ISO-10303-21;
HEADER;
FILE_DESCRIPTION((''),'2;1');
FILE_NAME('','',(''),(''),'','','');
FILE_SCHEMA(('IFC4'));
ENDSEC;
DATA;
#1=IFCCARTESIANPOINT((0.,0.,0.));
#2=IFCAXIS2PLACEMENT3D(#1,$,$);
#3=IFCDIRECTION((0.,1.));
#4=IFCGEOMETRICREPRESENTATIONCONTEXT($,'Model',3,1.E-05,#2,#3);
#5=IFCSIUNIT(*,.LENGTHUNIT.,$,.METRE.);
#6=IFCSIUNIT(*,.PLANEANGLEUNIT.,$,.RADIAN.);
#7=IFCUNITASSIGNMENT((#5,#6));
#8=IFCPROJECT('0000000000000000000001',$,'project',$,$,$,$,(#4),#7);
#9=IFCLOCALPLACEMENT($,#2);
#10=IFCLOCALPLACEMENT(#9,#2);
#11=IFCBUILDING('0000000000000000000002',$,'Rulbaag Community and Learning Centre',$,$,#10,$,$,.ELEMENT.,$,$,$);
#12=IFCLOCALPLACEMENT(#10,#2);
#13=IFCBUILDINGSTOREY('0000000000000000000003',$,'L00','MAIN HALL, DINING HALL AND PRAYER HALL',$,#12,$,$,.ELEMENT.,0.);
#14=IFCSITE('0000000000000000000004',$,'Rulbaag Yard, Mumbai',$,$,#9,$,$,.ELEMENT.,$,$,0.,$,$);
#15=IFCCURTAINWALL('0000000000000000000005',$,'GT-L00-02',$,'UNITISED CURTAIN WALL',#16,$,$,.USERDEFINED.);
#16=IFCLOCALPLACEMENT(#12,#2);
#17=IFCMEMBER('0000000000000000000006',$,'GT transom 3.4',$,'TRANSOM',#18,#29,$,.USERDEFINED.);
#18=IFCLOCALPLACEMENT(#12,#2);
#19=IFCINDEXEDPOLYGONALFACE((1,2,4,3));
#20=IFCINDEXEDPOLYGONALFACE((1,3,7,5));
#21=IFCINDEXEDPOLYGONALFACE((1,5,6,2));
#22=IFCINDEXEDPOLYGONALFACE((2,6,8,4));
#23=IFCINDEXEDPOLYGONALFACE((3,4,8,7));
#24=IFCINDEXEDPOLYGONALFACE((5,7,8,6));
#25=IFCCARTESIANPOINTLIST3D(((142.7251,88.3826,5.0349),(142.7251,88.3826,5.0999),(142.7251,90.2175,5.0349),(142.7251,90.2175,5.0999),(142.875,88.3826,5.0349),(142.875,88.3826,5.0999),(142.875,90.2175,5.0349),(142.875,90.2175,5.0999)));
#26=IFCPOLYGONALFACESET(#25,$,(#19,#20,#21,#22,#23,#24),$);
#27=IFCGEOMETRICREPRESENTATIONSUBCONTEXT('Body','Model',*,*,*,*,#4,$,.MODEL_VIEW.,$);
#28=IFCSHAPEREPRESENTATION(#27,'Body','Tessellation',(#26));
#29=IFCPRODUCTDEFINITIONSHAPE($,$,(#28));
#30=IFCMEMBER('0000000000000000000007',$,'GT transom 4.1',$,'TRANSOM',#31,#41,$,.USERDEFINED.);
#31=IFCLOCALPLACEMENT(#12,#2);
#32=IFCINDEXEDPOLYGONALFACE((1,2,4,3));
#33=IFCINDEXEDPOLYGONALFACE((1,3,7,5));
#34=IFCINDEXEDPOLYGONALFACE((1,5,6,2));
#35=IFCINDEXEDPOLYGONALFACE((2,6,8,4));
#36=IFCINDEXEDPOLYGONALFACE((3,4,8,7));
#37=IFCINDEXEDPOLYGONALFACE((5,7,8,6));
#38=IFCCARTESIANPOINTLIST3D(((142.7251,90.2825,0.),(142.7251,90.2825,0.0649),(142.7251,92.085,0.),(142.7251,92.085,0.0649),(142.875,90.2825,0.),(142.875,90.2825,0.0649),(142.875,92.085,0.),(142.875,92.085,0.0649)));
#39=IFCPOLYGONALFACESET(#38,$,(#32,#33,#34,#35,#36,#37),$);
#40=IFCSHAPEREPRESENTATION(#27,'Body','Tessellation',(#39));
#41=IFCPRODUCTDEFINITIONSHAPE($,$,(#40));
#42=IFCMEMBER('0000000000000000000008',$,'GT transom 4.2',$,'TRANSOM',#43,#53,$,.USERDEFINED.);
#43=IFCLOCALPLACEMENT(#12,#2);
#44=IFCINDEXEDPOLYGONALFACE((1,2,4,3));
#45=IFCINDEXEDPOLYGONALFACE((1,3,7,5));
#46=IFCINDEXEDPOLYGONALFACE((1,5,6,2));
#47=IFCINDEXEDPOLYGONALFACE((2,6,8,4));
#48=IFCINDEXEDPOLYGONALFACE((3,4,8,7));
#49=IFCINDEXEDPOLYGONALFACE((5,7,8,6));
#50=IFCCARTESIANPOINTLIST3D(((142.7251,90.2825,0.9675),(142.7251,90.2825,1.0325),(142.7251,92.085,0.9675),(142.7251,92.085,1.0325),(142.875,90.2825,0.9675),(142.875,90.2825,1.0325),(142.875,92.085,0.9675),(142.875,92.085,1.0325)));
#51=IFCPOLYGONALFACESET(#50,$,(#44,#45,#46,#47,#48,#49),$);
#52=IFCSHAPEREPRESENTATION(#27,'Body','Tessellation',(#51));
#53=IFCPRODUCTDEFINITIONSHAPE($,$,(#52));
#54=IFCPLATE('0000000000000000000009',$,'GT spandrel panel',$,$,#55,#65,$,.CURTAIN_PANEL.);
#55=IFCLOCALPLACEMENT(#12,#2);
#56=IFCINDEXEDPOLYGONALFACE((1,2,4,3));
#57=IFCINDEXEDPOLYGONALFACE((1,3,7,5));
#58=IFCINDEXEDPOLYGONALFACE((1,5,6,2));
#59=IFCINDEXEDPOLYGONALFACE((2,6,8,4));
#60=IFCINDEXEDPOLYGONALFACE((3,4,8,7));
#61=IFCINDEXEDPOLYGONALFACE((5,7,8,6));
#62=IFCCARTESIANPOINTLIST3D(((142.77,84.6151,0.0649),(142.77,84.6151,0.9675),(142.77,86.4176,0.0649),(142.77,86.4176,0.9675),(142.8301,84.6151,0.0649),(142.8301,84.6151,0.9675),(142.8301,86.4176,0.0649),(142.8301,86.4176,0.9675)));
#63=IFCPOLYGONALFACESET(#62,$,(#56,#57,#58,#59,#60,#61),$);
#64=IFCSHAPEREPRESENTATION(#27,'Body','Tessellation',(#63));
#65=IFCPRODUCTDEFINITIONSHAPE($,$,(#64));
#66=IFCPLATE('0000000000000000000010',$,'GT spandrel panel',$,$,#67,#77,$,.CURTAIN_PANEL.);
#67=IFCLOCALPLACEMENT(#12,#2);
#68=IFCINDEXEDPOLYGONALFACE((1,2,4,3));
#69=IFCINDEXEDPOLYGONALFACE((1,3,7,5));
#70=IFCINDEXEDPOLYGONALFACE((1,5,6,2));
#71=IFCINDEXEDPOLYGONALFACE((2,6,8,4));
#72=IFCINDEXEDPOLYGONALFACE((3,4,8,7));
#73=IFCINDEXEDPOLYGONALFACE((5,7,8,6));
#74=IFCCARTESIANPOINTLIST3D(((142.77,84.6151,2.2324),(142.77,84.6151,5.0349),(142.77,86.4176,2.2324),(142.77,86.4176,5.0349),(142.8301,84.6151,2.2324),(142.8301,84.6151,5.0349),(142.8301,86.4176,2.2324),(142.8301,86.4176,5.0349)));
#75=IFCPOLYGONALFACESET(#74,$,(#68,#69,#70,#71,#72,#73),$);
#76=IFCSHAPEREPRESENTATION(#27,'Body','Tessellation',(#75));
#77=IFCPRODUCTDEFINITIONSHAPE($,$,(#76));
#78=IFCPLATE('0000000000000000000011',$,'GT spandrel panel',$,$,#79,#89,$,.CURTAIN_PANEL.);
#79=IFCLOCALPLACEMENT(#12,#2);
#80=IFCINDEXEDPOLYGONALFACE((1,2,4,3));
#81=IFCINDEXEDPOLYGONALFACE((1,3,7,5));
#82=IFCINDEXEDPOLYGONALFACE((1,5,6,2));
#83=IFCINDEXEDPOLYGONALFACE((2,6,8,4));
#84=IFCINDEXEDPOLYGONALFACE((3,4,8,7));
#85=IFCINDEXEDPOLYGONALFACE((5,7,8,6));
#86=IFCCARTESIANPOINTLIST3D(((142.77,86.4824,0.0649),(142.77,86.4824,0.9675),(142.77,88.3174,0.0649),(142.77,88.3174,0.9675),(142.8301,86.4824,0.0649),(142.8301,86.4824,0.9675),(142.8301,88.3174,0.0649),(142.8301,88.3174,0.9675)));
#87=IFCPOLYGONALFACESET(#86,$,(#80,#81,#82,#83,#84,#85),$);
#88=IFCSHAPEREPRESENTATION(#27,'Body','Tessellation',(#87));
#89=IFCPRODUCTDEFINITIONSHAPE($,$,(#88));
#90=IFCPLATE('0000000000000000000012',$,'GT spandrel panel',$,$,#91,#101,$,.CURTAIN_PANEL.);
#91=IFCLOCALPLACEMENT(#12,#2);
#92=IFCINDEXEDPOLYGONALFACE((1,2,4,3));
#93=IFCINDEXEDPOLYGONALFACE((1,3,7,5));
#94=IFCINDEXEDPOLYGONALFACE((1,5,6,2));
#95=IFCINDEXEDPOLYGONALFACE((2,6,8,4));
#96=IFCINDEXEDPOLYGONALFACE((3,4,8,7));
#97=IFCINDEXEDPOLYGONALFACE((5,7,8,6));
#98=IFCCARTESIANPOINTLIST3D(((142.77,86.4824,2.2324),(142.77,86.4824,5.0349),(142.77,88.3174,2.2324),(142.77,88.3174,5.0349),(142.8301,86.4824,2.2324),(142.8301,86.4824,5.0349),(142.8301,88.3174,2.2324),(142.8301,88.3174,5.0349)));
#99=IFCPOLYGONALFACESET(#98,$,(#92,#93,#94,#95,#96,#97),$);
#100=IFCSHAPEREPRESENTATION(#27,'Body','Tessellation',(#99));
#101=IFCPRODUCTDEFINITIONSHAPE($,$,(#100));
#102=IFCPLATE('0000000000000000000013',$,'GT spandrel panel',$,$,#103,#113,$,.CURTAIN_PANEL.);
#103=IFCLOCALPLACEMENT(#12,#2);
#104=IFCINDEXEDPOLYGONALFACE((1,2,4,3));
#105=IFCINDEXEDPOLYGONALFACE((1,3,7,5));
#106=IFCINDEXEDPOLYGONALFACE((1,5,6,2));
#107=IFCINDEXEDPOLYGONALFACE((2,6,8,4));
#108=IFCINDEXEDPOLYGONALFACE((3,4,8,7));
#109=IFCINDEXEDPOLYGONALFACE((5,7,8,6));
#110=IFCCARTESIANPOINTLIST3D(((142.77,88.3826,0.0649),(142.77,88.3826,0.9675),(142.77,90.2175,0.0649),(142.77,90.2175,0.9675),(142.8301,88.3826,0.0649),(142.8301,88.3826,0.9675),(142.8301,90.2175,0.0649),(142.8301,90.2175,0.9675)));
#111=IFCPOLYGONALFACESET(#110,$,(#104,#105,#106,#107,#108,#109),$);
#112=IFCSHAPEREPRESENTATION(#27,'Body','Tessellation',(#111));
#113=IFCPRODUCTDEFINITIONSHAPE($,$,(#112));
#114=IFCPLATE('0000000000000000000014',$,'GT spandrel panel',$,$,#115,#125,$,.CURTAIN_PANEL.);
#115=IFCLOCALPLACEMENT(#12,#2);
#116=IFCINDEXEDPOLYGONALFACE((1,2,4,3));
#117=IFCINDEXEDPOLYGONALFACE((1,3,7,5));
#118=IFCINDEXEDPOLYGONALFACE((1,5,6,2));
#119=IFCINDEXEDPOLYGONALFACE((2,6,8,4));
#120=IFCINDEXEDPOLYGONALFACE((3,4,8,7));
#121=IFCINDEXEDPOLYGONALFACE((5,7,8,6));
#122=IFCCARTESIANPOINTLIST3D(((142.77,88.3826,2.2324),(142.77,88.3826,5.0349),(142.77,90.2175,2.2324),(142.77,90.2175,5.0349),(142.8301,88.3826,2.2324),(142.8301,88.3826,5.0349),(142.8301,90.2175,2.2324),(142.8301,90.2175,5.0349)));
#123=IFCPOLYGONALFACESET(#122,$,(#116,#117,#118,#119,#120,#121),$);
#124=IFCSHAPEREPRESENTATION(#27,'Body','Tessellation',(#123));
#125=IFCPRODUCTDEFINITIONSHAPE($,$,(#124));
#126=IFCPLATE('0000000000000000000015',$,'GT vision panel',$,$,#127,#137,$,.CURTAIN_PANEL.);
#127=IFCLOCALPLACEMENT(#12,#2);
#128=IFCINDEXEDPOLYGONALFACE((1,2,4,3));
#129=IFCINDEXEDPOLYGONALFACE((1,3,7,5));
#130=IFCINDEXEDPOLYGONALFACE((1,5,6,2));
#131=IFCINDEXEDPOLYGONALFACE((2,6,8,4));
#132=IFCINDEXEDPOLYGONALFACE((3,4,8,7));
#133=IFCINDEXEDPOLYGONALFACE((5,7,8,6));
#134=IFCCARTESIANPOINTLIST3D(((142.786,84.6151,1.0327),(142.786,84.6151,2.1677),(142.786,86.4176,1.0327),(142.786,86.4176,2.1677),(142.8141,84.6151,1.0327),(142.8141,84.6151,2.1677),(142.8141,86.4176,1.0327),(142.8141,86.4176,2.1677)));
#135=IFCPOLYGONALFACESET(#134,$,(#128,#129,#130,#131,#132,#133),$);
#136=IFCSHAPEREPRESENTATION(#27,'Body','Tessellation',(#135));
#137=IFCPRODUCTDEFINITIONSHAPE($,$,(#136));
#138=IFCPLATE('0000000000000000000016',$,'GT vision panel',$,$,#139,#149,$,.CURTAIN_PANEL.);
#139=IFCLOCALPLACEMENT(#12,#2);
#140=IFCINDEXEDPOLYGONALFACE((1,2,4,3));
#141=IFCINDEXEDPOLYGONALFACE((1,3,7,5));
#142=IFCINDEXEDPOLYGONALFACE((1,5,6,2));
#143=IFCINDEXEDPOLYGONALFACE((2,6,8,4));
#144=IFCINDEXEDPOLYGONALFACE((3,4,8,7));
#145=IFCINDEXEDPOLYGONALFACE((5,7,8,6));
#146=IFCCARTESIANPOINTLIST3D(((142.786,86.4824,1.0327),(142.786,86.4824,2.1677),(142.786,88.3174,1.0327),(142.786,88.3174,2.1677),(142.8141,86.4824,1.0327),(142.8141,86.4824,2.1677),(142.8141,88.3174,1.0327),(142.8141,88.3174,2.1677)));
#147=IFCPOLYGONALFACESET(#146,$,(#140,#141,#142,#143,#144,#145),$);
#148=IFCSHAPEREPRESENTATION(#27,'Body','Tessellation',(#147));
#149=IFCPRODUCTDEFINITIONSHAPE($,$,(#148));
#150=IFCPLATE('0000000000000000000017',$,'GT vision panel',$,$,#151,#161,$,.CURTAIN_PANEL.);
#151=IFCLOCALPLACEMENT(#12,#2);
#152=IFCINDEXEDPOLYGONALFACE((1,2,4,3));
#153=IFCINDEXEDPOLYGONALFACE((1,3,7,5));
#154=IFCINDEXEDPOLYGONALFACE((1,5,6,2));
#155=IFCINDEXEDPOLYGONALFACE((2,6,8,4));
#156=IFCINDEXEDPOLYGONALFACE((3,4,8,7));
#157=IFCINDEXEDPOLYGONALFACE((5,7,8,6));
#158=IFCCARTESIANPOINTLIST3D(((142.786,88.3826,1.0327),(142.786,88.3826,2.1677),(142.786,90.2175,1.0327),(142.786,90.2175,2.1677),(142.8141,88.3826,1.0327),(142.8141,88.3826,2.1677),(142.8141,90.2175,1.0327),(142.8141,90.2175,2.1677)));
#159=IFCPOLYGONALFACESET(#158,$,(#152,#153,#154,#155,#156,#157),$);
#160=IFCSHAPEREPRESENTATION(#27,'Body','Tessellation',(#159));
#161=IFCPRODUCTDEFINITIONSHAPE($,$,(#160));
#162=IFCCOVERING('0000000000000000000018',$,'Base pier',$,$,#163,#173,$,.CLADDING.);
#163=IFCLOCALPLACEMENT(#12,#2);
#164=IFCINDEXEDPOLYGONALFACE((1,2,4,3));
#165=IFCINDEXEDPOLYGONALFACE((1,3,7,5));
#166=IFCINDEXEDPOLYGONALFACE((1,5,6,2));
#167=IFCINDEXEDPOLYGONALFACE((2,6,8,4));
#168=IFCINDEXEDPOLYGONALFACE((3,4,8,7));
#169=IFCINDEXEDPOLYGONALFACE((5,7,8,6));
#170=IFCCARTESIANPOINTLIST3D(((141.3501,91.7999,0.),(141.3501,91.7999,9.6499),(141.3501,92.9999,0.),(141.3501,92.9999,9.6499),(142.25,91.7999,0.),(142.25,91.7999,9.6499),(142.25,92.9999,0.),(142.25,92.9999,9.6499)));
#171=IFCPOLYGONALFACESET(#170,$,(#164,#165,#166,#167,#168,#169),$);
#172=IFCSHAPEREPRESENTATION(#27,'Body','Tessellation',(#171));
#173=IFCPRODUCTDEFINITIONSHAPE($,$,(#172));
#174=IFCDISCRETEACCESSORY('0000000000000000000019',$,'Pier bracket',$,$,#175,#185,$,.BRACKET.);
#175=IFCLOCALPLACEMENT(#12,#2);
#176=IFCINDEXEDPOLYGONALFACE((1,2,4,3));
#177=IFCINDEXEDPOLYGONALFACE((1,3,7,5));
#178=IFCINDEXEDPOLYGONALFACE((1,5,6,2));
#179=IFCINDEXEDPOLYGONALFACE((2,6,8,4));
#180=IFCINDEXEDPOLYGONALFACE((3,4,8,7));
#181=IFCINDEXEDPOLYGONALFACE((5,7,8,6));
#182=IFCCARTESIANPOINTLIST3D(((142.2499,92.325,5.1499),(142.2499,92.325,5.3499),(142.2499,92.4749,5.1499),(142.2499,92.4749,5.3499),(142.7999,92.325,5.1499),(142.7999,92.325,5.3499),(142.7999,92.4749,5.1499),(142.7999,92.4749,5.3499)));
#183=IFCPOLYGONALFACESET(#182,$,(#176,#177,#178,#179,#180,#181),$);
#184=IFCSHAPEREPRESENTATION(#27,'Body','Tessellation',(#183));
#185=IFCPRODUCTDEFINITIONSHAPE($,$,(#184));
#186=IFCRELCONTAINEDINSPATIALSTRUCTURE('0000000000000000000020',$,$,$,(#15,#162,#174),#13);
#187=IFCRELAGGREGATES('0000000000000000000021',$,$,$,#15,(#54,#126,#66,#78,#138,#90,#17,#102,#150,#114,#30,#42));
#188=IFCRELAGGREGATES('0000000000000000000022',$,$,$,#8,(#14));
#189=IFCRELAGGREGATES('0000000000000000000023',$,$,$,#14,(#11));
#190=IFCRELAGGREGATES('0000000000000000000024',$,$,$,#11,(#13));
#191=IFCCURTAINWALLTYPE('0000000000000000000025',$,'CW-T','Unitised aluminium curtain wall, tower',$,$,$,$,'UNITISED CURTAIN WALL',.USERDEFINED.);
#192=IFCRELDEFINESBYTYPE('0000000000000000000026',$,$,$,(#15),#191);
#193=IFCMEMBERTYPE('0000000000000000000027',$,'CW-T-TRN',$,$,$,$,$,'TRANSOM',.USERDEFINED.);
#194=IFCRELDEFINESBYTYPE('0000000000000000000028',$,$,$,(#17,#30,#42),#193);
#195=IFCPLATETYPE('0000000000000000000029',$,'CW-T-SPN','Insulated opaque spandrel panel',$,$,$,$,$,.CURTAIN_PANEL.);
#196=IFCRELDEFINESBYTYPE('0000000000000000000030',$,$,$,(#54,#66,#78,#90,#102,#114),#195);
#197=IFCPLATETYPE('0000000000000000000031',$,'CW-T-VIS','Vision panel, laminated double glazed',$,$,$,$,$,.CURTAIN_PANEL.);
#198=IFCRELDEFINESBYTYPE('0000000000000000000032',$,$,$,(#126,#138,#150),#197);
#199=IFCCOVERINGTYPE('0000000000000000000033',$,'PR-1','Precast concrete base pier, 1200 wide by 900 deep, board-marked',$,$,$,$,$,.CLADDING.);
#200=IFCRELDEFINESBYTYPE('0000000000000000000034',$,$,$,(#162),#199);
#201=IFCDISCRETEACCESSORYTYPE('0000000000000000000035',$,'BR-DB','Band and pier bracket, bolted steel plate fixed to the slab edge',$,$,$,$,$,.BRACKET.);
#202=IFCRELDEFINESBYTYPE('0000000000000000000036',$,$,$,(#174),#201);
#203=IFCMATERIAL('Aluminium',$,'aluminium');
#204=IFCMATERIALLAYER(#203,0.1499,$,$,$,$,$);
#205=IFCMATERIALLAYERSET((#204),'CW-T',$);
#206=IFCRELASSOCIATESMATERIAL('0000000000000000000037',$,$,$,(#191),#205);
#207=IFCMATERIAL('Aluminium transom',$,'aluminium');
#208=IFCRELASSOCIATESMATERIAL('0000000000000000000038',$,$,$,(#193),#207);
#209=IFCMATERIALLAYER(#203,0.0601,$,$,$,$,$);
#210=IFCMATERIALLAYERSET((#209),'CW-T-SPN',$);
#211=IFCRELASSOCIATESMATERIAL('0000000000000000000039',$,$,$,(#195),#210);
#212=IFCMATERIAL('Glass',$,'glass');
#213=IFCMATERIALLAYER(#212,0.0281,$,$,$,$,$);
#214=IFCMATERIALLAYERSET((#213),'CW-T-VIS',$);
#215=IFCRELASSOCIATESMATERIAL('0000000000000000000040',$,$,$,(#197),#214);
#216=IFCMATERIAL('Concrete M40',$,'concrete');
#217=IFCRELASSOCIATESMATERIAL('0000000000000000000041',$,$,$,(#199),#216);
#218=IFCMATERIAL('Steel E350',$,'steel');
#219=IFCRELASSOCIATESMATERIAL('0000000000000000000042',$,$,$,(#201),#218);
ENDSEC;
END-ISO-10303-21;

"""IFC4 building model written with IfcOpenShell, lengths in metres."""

from ifc_helpers import new_model, si_unit, direction, frame, origin, origin_2d, place, context, subcontext, project, spatial, rectangle, extrude, material, layer, layer_set, material_profile, profile_set, type_object, element, aggregate, save


model = new_model("IFC4")

# Units and contexts
model_context = context("Model", 3, precision=1e-05, world=origin(), true_north=direction((0.0, 1.0)))
body_context = subcontext(model_context, "Body", "Model", "MODEL_VIEW")
ifc_project = project(units=[si_unit("LENGTHUNIT", "METRE"), si_unit("PLANEANGLEUNIT", "RADIAN")], contexts=[model_context])

# Site, building, storey
site_placement = place(None, origin())
site = spatial("IfcSite", under=ifc_project, at=site_placement, Name="Rulbaag Yard, Mumbai", CompositionType="ELEMENT", RefElevation=0.0)
building_placement = place(site_placement, origin())
building = spatial("IfcBuilding", under=site, at=building_placement, Name="Rulbaag Community and Learning Centre", CompositionType="ELEMENT")
storey_placement = place(building_placement, origin())
storey = spatial("IfcBuildingStorey", under=building, at=storey_placement, Name="L00", Description="MAIN HALL, DINING HALL AND PRAYER HALL", CompositionType="ELEMENT", Elevation=0.0)

# Curtain wall, members, plates
ifc_material_1 = material(Name="Aluminium", Category="aluminium")
ifc_layer_1 = layer(ifc_material_1, 0.1499)
ifc_layer_set_1 = layer_set([ifc_layer_1], Name="CW-T")
curtain_wall_type = type_object("IfcCurtainWallType", Name="CW-T", Description="Unitised aluminium curtain wall, tower", ElementType="UNITISED CURTAIN WALL", PredefinedType="USERDEFINED", material=ifc_layer_set_1)
curtain_wall_placement = place(storey_placement, origin())
curtain_wall = element("IfcCurtainWall", 1, at=curtain_wall_placement, inside=storey, type_object=curtain_wall_type, Name="GT-L00-02", ObjectType="UNITISED CURTAIN WALL", PredefinedType="USERDEFINED")
ifc_material_2 = material(Name="Aluminium transom", Category="aluminium")
ifc_material_profile_1 = material_profile(ifc_material_2, rectangle(XDim=0.1499, YDim=0.0649, at=origin_2d()), Name="AL 65x150 T")
ifc_profile_set_1 = profile_set([ifc_material_profile_1], Name="Aluminium transom")
member_type_1 = type_object("IfcMemberType", Name="CW-T-TRN", ElementType="TRANSOM", PredefinedType="USERDEFINED", material=ifc_profile_set_1)
member_1_placement = place(storey_placement, frame((142.8, 88.3826, 5.0674), z_axis=(0.0, 1.0, 0.0), x_axis=(-1.0, 0.0, 0.0)))
member_1 = element("IfcMember", 2, at=member_1_placement, type_object=member_type_1, Name="GT transom 3.4", ObjectType="TRANSOM", PredefinedType="USERDEFINED", context=body_context, shape_type="SweptSolid", body=[
    extrude(rectangle(XDim=0.1499, YDim=0.0649, at=origin_2d()), origin(), (0.0, 0.0, 1.0), 1.835),
])
member_2_placement = place(storey_placement, frame((142.8, 90.2825, 0.0325), z_axis=(0.0, 1.0, 0.0), x_axis=(-1.0, 0.0, 0.0)))
member_2 = element("IfcMember", 3, at=member_2_placement, type_object=member_type_1, Name="GT transom 4.1", ObjectType="TRANSOM", PredefinedType="USERDEFINED", context=body_context, shape_type="SweptSolid", body=[
    extrude(rectangle(XDim=0.1499, YDim=0.0649, at=origin_2d()), origin(), (0.0, 0.0, 1.0), 1.8025),
])
member_3_placement = place(storey_placement, frame((142.8, 90.2825, 1.0), z_axis=(0.0, 1.0, 0.0), x_axis=(-1.0, 0.0, 0.0)))
member_3 = element("IfcMember", 4, at=member_3_placement, type_object=member_type_1, Name="GT transom 4.2", ObjectType="TRANSOM", PredefinedType="USERDEFINED", context=body_context, shape_type="SweptSolid", body=[
    extrude(rectangle(XDim=0.1499, YDim=0.0649, at=origin_2d()), origin(), (0.0, 0.0, 1.0), 1.8025),
])
ifc_layer_2 = layer(ifc_material_1, 0.0601)
ifc_layer_set_2 = layer_set([ifc_layer_2], Name="CW-T-SPN")
plate_type_1 = type_object("IfcPlateType", Name="CW-T-SPN", Description="Insulated opaque spandrel panel", PredefinedType="CURTAIN_PANEL", material=ifc_layer_set_2)
plate_1_placement = place(storey_placement, frame((142.8, 85.5164, 0.0649), z_axis=(0.0, 0.0, 1.0), x_axis=(0.0, 1.0, 0.0)))
plate_1 = element("IfcPlate", 5, at=plate_1_placement, type_object=plate_type_1, Name="GT spandrel panel", PredefinedType="CURTAIN_PANEL", context=body_context, shape_type="SweptSolid", body=[
    extrude(rectangle(XDim=1.8025, YDim=0.0601, at=origin_2d()), origin(), (0.0, 0.0, 1.0), 0.9026),
])
plate_2_placement = place(storey_placement, frame((142.8, 85.5164, 2.2324), z_axis=(0.0, 0.0, 1.0), x_axis=(0.0, 1.0, 0.0)))
plate_2 = element("IfcPlate", 6, at=plate_2_placement, type_object=plate_type_1, Name="GT spandrel panel", PredefinedType="CURTAIN_PANEL", context=body_context, shape_type="SweptSolid", body=[
    extrude(rectangle(XDim=1.8025, YDim=0.0601, at=origin_2d()), origin(), (0.0, 0.0, 1.0), 2.8025),
])
plate_3_placement = place(storey_placement, frame((142.8, 87.3999, 0.0649), z_axis=(0.0, 0.0, 1.0), x_axis=(0.0, 1.0, 0.0)))
plate_3 = element("IfcPlate", 7, at=plate_3_placement, type_object=plate_type_1, Name="GT spandrel panel", PredefinedType="CURTAIN_PANEL", context=body_context, shape_type="SweptSolid", body=[
    extrude(rectangle(XDim=1.835, YDim=0.0601, at=origin_2d()), origin(), (0.0, 0.0, 1.0), 0.9026),
])
plate_4_placement = place(storey_placement, frame((142.8, 87.3999, 2.2324), z_axis=(0.0, 0.0, 1.0), x_axis=(0.0, 1.0, 0.0)))
plate_4 = element("IfcPlate", 8, at=plate_4_placement, type_object=plate_type_1, Name="GT spandrel panel", PredefinedType="CURTAIN_PANEL", context=body_context, shape_type="SweptSolid", body=[
    extrude(rectangle(XDim=1.835, YDim=0.0601, at=origin_2d()), origin(), (0.0, 0.0, 1.0), 2.8025),
])
plate_5_placement = place(storey_placement, frame((142.8, 89.3, 0.0649), z_axis=(0.0, 0.0, 1.0), x_axis=(0.0, 1.0, 0.0)))
plate_5 = element("IfcPlate", 9, at=plate_5_placement, type_object=plate_type_1, Name="GT spandrel panel", PredefinedType="CURTAIN_PANEL", context=body_context, shape_type="SweptSolid", body=[
    extrude(rectangle(XDim=1.835, YDim=0.0601, at=origin_2d()), origin(), (0.0, 0.0, 1.0), 0.9026),
])
plate_6_placement = place(storey_placement, frame((142.8, 89.3, 2.2324), z_axis=(0.0, 0.0, 1.0), x_axis=(0.0, 1.0, 0.0)))
plate_6 = element("IfcPlate", 10, at=plate_6_placement, type_object=plate_type_1, Name="GT spandrel panel", PredefinedType="CURTAIN_PANEL", context=body_context, shape_type="SweptSolid", body=[
    extrude(rectangle(XDim=1.835, YDim=0.0601, at=origin_2d()), origin(), (0.0, 0.0, 1.0), 2.8025),
])
ifc_material_3 = material(Name="Glass", Category="glass")
ifc_layer_3 = layer(ifc_material_3, 0.0281)
ifc_layer_set_3 = layer_set([ifc_layer_3], Name="CW-T-VIS")
plate_type_2 = type_object("IfcPlateType", Name="CW-T-VIS", Description="Vision panel, laminated double glazed", PredefinedType="CURTAIN_PANEL", material=ifc_layer_set_3)
plate_7_placement = place(storey_placement, frame((142.8, 85.5164, 1.0327), z_axis=(0.0, 0.0, 1.0), x_axis=(0.0, 1.0, 0.0)))
plate_7 = element("IfcPlate", 11, at=plate_7_placement, type_object=plate_type_2, Name="GT vision panel", PredefinedType="CURTAIN_PANEL", context=body_context, shape_type="SweptSolid", body=[
    extrude(rectangle(XDim=1.8025, YDim=0.0281, at=origin_2d()), origin(), (0.0, 0.0, 1.0), 1.135),
])
plate_8_placement = place(storey_placement, frame((142.8, 87.3999, 1.0327), z_axis=(0.0, 0.0, 1.0), x_axis=(0.0, 1.0, 0.0)))
plate_8 = element("IfcPlate", 12, at=plate_8_placement, type_object=plate_type_2, Name="GT vision panel", PredefinedType="CURTAIN_PANEL", context=body_context, shape_type="SweptSolid", body=[
    extrude(rectangle(XDim=1.835, YDim=0.0281, at=origin_2d()), origin(), (0.0, 0.0, 1.0), 1.135),
])
plate_9_placement = place(storey_placement, frame((142.8, 89.3, 1.0327), z_axis=(0.0, 0.0, 1.0), x_axis=(0.0, 1.0, 0.0)))
plate_9 = element("IfcPlate", 13, at=plate_9_placement, type_object=plate_type_2, Name="GT vision panel", PredefinedType="CURTAIN_PANEL", context=body_context, shape_type="SweptSolid", body=[
    extrude(rectangle(XDim=1.835, YDim=0.0281, at=origin_2d()), origin(), (0.0, 0.0, 1.0), 1.135),
])
aggregate(curtain_wall, [plate_1, plate_7, plate_2, plate_3, plate_8, plate_4, member_1, plate_5, plate_9, plate_6, member_2, member_3])

# Covering
ifc_material_4 = material(Name="Concrete M40", Category="concrete")
covering_type = type_object("IfcCoveringType", Name="PR-1", Description="Precast concrete base pier, 1200 wide by 900 deep, board-marked", PredefinedType="CLADDING", material=ifc_material_4)
covering_placement = place(storey_placement, frame((141.8, 92.3999, 0.0), z_axis=(0.0, 0.0, 1.0), x_axis=(1.0, 0.0, 0.0)))
element("IfcCovering", 14, at=covering_placement, inside=storey, type_object=covering_type, Name="Base pier", PredefinedType="CLADDING", context=body_context, shape_type="SweptSolid", body=[
    extrude(rectangle(XDim=0.8999, YDim=1.2, at=origin_2d()), origin(), (0.0, 0.0, 1.0), 9.6499),
])

# Discrete accessory
ifc_material_5 = material(Name="Steel E350", Category="steel")
discrete_accessory_type = type_object("IfcDiscreteAccessoryType", Name="BR-DB", Description="Band and pier bracket, bolted steel plate fixed to the slab edge", PredefinedType="BRACKET", material=ifc_material_5)
discrete_accessory_placement = place(storey_placement, frame((142.5249, 92.3999, 5.1499), z_axis=(0.0, 0.0, 1.0), x_axis=(1.0, 0.0, 0.0)))
element("IfcDiscreteAccessory", 15, at=discrete_accessory_placement, inside=storey, type_object=discrete_accessory_type, Name="Pier bracket", PredefinedType="BRACKET", context=body_context, shape_type="SweptSolid", body=[
    extrude(rectangle(XDim=0.55, YDim=0.1499, at=origin_2d()), origin(), (0.0, 0.0, 1.0), 0.2),
])

save(model, "model.ifc")
